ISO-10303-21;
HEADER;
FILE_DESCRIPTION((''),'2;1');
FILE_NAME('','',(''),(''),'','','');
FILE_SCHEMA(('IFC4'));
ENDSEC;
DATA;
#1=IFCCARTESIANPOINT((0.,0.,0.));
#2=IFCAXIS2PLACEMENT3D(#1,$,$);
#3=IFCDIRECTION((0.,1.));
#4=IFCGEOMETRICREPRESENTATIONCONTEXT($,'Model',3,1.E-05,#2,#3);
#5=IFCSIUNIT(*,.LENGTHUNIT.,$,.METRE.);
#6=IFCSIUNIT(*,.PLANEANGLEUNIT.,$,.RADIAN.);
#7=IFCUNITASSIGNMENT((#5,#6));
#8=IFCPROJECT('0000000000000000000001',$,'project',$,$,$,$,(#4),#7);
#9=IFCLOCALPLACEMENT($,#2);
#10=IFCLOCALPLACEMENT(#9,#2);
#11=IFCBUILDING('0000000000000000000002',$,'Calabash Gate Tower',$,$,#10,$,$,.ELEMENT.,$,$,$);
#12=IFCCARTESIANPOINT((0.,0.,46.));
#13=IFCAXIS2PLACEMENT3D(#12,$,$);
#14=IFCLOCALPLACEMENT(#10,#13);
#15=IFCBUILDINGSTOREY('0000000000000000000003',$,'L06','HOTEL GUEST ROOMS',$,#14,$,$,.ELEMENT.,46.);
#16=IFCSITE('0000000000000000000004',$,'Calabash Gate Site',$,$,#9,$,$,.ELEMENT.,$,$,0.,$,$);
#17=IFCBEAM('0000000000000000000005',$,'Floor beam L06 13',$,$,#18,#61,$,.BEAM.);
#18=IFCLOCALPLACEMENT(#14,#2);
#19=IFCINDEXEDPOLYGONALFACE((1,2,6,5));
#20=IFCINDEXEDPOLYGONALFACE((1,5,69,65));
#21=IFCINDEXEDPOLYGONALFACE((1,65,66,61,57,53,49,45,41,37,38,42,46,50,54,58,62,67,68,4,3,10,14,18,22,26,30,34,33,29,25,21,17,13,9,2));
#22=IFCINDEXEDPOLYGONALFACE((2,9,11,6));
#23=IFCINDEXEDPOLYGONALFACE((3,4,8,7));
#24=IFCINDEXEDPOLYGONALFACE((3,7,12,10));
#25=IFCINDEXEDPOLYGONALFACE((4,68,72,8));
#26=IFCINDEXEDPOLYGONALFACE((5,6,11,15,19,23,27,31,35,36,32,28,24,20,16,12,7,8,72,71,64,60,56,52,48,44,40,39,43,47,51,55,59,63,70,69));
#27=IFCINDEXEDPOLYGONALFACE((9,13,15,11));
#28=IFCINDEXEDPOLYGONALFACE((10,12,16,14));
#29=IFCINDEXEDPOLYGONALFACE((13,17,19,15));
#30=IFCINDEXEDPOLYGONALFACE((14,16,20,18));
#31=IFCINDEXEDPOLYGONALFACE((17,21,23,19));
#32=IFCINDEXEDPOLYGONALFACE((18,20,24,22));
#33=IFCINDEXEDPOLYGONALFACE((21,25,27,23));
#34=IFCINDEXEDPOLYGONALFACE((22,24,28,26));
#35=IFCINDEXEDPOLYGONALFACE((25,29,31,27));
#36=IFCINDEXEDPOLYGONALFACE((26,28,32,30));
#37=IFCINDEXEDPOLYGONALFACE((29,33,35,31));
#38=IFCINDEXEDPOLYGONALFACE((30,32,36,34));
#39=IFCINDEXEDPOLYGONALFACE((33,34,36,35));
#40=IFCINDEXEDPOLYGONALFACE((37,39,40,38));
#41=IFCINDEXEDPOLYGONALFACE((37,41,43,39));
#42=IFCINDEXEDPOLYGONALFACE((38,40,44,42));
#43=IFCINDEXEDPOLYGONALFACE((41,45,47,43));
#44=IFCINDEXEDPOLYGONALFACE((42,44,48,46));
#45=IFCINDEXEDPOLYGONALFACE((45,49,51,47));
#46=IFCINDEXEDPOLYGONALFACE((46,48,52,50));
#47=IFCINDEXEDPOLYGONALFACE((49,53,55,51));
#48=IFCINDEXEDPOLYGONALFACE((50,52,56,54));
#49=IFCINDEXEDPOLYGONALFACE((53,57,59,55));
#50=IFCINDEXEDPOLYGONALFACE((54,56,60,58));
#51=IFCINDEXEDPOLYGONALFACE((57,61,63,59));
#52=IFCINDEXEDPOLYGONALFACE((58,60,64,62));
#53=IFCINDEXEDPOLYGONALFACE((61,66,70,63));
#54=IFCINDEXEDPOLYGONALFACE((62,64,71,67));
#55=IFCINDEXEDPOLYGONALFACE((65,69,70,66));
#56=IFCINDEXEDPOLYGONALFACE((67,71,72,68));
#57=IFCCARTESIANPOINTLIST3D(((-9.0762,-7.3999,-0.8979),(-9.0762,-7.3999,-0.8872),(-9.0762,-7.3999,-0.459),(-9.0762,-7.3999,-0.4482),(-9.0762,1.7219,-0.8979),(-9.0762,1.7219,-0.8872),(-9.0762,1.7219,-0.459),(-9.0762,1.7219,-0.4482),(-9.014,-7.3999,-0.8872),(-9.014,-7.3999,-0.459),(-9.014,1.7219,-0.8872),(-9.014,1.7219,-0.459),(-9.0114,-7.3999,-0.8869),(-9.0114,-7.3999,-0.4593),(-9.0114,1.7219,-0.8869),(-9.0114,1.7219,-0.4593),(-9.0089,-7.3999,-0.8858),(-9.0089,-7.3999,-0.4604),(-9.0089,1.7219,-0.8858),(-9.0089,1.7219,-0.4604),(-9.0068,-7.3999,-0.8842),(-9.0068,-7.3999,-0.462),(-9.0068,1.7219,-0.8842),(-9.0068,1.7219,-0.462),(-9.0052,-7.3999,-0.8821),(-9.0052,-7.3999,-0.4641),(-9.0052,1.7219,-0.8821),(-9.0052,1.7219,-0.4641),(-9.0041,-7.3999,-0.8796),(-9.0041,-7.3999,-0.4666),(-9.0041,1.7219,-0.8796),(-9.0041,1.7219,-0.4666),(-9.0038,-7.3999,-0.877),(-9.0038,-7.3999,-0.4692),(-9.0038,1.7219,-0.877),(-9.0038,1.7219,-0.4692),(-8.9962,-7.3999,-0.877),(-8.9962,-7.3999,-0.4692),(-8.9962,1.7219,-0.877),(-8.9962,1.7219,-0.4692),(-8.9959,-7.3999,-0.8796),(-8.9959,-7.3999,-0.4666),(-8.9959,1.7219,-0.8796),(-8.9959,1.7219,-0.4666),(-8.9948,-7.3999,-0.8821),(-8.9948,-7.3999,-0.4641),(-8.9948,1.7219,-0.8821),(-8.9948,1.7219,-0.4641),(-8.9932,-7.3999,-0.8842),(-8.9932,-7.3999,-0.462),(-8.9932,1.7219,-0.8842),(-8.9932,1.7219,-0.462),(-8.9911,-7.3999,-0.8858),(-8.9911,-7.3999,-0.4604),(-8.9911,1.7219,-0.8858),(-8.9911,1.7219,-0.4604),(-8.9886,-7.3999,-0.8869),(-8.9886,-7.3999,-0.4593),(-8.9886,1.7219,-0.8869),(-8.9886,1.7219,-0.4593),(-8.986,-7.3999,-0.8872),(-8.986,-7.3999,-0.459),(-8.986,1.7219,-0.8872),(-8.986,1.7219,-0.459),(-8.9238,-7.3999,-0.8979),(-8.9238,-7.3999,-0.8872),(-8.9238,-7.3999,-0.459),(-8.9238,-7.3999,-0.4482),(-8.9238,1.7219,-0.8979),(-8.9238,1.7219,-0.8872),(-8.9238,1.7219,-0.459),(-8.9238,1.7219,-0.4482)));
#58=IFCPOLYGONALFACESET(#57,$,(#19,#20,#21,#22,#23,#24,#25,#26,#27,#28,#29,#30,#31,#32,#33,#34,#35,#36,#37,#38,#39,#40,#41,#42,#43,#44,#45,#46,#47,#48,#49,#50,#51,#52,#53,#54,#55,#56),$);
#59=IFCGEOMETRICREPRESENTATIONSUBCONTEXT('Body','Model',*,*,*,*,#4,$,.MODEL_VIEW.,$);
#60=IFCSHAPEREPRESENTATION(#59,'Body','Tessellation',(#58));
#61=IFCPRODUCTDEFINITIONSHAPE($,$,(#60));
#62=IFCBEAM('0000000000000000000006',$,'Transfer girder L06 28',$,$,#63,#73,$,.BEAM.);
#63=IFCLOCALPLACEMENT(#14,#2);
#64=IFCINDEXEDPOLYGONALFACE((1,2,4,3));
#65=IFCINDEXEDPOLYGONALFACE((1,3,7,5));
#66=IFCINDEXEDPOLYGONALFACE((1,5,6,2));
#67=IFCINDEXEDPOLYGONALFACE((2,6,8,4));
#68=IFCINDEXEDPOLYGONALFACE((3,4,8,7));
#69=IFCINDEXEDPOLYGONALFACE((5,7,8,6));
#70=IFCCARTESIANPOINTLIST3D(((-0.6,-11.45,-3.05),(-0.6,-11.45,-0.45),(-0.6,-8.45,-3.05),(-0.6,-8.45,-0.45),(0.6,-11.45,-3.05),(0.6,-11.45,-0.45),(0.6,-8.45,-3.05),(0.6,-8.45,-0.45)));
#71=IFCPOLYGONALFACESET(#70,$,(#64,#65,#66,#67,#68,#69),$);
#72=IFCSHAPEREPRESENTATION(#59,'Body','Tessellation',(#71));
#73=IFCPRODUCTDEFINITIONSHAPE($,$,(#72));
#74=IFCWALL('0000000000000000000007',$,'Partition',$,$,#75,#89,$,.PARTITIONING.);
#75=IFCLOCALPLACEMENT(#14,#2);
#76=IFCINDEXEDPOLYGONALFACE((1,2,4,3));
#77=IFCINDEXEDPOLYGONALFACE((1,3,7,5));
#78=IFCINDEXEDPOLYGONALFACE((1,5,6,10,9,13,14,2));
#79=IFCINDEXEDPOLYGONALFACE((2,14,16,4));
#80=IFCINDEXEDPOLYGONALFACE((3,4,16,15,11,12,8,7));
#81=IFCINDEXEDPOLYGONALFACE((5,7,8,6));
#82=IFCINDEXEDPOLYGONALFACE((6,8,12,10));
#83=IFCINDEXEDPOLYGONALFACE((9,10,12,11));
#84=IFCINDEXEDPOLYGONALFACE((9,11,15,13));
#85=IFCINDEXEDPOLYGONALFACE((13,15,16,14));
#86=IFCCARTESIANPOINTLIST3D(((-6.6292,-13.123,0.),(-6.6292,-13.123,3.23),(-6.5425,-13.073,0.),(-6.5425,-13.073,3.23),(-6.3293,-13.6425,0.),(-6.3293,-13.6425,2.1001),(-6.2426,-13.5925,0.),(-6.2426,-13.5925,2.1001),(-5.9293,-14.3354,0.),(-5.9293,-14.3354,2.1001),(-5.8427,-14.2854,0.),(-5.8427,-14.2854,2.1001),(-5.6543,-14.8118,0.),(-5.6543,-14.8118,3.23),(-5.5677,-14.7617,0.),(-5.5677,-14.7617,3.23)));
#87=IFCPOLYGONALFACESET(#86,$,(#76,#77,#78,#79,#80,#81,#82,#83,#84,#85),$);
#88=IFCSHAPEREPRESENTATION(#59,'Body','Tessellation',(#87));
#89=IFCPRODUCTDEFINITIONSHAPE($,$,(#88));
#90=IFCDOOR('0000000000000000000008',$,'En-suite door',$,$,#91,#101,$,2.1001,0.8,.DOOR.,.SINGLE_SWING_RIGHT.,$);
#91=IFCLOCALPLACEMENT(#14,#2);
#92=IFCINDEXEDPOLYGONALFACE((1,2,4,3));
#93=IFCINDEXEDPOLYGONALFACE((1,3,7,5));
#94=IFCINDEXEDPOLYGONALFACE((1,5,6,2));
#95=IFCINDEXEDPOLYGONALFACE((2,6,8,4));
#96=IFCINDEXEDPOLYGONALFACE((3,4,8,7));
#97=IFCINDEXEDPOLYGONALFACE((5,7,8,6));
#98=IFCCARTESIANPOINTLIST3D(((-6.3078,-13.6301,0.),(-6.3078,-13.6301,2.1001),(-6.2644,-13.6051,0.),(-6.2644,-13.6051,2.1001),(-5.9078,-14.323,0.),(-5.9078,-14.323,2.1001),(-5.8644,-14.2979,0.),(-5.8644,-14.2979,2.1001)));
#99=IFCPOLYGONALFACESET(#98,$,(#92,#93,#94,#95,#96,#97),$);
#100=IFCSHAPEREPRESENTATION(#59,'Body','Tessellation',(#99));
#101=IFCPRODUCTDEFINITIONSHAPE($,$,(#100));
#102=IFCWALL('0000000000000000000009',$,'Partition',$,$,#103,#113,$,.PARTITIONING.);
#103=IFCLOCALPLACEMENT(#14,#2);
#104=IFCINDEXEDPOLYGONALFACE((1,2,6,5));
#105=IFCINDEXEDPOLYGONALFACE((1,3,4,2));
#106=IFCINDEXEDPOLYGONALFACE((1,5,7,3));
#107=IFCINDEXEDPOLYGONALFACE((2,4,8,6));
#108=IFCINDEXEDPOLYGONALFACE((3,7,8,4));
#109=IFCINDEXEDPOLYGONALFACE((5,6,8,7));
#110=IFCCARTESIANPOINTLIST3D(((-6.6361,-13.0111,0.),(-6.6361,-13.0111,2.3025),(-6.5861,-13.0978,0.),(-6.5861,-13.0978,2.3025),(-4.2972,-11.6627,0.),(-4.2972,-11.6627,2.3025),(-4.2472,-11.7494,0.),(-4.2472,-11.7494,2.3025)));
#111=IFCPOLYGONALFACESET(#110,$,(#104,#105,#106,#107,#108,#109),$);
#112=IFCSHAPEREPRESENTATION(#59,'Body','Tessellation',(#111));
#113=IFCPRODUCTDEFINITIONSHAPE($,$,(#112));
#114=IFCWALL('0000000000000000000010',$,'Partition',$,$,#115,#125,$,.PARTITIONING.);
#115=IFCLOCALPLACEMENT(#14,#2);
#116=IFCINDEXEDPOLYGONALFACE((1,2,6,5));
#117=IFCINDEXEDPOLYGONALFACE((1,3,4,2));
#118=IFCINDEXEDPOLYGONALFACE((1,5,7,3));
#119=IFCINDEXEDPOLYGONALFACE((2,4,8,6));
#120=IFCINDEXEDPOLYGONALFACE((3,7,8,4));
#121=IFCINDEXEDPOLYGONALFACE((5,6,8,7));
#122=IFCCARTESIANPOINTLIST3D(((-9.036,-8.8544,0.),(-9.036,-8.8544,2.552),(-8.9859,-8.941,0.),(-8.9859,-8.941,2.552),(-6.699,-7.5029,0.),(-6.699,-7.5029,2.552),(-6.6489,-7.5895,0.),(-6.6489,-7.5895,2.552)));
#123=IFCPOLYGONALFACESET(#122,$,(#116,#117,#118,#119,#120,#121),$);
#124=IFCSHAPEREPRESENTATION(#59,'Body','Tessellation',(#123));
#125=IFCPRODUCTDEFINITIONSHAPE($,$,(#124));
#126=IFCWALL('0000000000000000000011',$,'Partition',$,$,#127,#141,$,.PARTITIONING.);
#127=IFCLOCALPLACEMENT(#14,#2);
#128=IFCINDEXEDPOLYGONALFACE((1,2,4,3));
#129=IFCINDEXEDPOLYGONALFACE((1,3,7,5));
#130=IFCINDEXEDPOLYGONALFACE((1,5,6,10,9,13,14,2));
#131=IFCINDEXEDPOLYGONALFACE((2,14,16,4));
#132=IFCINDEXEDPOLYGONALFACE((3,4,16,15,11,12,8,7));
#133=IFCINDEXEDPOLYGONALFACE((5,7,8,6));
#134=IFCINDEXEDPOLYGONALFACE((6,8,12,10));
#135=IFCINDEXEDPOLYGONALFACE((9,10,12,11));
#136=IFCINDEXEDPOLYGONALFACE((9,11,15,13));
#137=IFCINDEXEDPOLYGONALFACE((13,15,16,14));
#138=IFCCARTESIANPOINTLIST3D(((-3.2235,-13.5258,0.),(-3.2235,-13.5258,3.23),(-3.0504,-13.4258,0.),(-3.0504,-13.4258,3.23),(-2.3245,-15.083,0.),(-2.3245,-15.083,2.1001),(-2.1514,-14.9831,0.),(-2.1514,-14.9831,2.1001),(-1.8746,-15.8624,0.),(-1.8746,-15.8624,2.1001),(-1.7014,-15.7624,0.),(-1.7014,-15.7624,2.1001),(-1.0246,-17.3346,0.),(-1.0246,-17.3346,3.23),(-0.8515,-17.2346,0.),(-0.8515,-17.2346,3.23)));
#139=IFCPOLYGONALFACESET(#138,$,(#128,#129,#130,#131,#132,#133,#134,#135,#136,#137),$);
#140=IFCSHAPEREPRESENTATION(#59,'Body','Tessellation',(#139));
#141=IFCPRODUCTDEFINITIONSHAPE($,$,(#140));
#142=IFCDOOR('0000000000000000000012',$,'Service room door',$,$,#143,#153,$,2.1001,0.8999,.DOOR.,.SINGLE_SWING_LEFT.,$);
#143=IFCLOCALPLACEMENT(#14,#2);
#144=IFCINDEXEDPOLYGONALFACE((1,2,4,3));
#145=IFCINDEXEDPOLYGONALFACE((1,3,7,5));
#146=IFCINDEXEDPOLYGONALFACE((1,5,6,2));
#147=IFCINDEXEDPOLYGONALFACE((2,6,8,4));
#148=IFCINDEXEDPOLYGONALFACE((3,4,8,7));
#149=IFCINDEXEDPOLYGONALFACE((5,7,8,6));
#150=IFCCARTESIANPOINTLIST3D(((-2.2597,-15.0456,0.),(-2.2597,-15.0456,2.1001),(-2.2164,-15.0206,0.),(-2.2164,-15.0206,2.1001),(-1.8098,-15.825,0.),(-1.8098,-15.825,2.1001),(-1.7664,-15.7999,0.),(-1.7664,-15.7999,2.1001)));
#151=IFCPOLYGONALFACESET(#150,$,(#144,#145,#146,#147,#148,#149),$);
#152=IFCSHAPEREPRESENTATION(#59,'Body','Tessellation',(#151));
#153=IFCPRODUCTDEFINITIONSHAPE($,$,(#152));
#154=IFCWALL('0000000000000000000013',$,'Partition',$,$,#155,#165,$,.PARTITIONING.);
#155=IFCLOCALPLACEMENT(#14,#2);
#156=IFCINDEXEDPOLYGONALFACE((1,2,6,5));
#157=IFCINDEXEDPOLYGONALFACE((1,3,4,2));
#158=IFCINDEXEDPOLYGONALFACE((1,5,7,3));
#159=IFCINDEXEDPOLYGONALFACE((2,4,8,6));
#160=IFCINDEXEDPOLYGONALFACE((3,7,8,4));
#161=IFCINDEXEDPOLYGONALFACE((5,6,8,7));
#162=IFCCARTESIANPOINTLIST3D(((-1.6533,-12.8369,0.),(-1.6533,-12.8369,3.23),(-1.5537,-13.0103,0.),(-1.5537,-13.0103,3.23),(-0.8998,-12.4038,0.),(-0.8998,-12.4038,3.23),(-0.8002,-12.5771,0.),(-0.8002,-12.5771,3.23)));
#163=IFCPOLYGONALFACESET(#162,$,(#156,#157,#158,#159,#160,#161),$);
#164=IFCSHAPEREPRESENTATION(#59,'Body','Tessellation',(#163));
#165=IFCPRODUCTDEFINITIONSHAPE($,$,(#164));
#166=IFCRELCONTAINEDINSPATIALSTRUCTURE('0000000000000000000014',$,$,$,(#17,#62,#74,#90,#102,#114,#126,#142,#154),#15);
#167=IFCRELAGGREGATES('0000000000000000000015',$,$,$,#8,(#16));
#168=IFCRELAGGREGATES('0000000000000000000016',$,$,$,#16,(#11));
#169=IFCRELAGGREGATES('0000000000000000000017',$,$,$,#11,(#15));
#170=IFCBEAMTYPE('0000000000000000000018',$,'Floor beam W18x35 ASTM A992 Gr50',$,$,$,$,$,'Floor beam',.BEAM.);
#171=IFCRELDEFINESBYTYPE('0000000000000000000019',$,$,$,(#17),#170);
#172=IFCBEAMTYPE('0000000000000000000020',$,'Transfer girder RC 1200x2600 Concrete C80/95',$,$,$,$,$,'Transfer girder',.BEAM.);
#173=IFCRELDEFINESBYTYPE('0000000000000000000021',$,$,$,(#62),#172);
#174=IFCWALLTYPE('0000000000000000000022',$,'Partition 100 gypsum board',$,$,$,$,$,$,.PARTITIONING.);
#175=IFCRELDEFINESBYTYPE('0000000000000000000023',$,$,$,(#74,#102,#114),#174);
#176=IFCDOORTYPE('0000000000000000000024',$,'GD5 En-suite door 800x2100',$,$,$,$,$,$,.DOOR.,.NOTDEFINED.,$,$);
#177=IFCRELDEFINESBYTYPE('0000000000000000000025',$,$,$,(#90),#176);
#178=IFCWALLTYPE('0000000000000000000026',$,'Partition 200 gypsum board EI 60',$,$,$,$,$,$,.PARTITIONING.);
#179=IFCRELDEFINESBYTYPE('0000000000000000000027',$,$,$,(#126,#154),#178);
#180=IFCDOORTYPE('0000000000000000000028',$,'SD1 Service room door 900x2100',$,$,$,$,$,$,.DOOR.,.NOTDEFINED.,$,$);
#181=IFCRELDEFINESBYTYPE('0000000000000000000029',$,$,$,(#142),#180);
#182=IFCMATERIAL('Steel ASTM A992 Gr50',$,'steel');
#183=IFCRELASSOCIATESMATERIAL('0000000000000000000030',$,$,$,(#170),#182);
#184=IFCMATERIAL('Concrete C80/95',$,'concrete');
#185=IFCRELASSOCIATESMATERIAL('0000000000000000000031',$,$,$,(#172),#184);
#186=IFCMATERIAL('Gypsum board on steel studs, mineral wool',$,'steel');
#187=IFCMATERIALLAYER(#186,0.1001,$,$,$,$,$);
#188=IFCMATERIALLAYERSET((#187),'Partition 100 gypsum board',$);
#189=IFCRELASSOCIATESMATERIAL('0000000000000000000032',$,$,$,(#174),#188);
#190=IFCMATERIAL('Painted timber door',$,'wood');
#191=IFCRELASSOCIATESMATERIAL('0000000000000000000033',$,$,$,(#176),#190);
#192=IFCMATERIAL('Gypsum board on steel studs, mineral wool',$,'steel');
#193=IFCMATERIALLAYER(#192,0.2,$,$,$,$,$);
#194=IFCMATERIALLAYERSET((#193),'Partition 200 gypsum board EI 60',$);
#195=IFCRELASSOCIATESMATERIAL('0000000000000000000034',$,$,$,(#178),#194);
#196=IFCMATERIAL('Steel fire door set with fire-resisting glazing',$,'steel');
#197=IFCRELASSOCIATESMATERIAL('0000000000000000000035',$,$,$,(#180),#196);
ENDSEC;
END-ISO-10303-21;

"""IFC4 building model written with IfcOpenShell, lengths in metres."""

from ifc_helpers import new_model, si_unit, direction, frame, frame_2d, origin, origin_2d, place, context, subcontext, project, spatial, rectangle, i_section, extrude, material, layer, layer_set, material_profile, profile_set, type_object, element, fill, save


model = new_model("IFC4")

# Units and contexts
model_context = context("Model", 3, precision=1e-05, world=origin(), true_north=direction((0.0, 1.0)))
body_context = subcontext(model_context, "Body", "Model", "MODEL_VIEW")
ifc_project = project(units=[si_unit("LENGTHUNIT", "METRE"), si_unit("PLANEANGLEUNIT", "RADIAN")], contexts=[model_context])

# Site, building, storey
site_placement = place(None, origin())
site = spatial("IfcSite", under=ifc_project, at=site_placement, Name="Calabash Gate Site", CompositionType="ELEMENT", RefElevation=0.0)
building_placement = place(site_placement, origin())
building = spatial("IfcBuilding", under=site, at=building_placement, Name="Calabash Gate Tower", CompositionType="ELEMENT")
storey_placement = place(building_placement, frame((0.0, 0.0, 46.0)))
storey = spatial("IfcBuildingStorey", under=building, at=storey_placement, Name="L06", Description="HOTEL GUEST ROOMS", CompositionType="ELEMENT", Elevation=46.0)

# Beams
ifc_material_1 = material(Name="Steel ASTM A992 Gr50", Category="steel")
ifc_material_profile_1 = material_profile(ifc_material_1, i_section(OverallWidth=0.1523, OverallDepth=0.4497, WebThickness=0.0076, FlangeThickness=0.0107, FilletRadius=0.0103, at=origin_2d()))
ifc_profile_set_1 = profile_set([ifc_material_profile_1], Name="Steel ASTM A992 Gr50")
beam_type_1 = type_object("IfcBeamType", Name="Floor beam W18x35 ASTM A992 Gr50", ElementType="Floor beam", PredefinedType="BEAM", material=ifc_profile_set_1)
beam_1_placement = place(storey_placement, frame((-9.0, -7.3999, -0.6731), z_axis=(0.0, 1.0, 0.0), x_axis=(-1.0, 0.0, 0.0)))
element("IfcBeam", 1, at=beam_1_placement, inside=storey, type_object=beam_type_1, Name="Floor beam L06 13", PredefinedType="BEAM", context=body_context, shape_type="SweptSolid", body=[
    extrude(i_section(OverallWidth=0.1523, OverallDepth=0.4497, WebThickness=0.0076, FlangeThickness=0.0107, FilletRadius=0.0103, at=origin_2d()), origin(), (0.0, 0.0, 1.0), 9.1218),
])
ifc_material_2 = material(Name="Concrete C80/95", Category="concrete")
ifc_material_profile_2 = material_profile(ifc_material_2, rectangle(XDim=1.2, YDim=2.6001, at=origin_2d()))
ifc_profile_set_2 = profile_set([ifc_material_profile_2], Name="Concrete C80/95")
beam_type_2 = type_object("IfcBeamType", Name="Transfer girder RC 1200x2600 Concrete C80/95", ElementType="Transfer girder", PredefinedType="BEAM", material=ifc_profile_set_2)
beam_2_placement = place(storey_placement, frame((0.0, -11.45, -1.75), z_axis=(0.0, 1.0, 0.0), x_axis=(-1.0, 0.0, 0.0)))
element("IfcBeam", 2, at=beam_2_placement, inside=storey, type_object=beam_type_2, Name="Transfer girder L06 28", PredefinedType="BEAM", context=body_context, shape_type="SweptSolid", body=[
    extrude(rectangle(XDim=1.2, YDim=2.6001, at=origin_2d()), origin(), (0.0, 0.0, 1.0), 3.0),
])

# Wall, opening, door
ifc_material_3 = material(Name="Gypsum board on steel studs, mineral wool", Category="steel")
ifc_layer_1 = layer(ifc_material_3, 0.1001)
ifc_layer_set_1 = layer_set([ifc_layer_1], Name="Partition 100 gypsum board")
wall_type_1 = type_object("IfcWallType", Name="Partition 100 gypsum board", PredefinedType="PARTITIONING", material=ifc_layer_set_1)
wall_1_placement = place(storey_placement, frame((-6.5859, -13.0979, 0.0), z_axis=(0.0, 0.0, 1.0), x_axis=(0.49995, -0.866054, 0.0)))
wall_1 = element("IfcWall", 3, at=wall_1_placement, inside=storey, type_object=wall_type_1, Name="Partition", PredefinedType="PARTITIONING", context=body_context, shape_type="SweptSolid", body=[
    extrude(rectangle(XDim=1.95, YDim=0.1001, at=frame_2d((0.9751, 0.0))), origin(), (0.0, 0.0, 1.0), 3.23),
])
opening_1_placement = place(wall_1_placement, frame((0.6001, 0.0, 0.0)))
opening_1 = element("IfcOpeningElement", 4, at=opening_1_placement, cuts=wall_1, PredefinedType="OPENING", context=body_context, shape_type="SweptSolid", body=[
    extrude(rectangle(XDim=0.8, YDim=2.1001, at=frame_2d((0.3999, 1.05))), frame((0.0, 0.0601, 0.0), z_axis=(0.0, -1.0, 0.0), x_axis=(1.0, 0.0, 0.0)), (0.0, 0.0, 1.0), 0.1201),
])
ifc_material_4 = material(Name="Painted timber door", Category="wood")
door_type_1 = type_object("IfcDoorType", Name="GD5 En-suite door 800x2100", OperationType="NOTDEFINED", PredefinedType="DOOR", material=ifc_material_4)
door_1_placement = place(opening_1_placement, origin())
door_1 = element("IfcDoor", 5, at=door_1_placement, inside=storey, type_object=door_type_1, Name="En-suite door", OperationType="SINGLE_SWING_RIGHT", OverallHeight=2.1001, OverallWidth=0.8, PredefinedType="DOOR", context=body_context, shape_type="SweptSolid", body=[
    extrude(rectangle(XDim=0.8, YDim=2.1001, at=frame_2d((0.3999, 1.05))), frame((0.0, 0.0249, 0.0), z_axis=(0.0, -1.0, 0.0), x_axis=(1.0, 0.0, 0.0)), (0.0, 0.0, 1.0), 0.05),
])
fill(opening_1, door_1)

# Walls
wall_2_placement = place(storey_placement, frame((-6.6111, -13.0544, 0.0), z_axis=(0.0, 0.0, 1.0), x_axis=(0.866339, 0.499456, 0.0)))
element("IfcWall", 6, at=wall_2_placement, inside=storey, type_object=wall_type_1, Name="Partition", PredefinedType="PARTITIONING", context=body_context, shape_type="SweptSolid", body=[
    extrude(rectangle(XDim=2.6997, YDim=0.1001, at=frame_2d((1.3499, 0.0))), origin(), (0.0, 0.0, 1.0), 2.3025),
])
wall_3_placement = place(storey_placement, frame((-9.011, -8.8977, 0.0), z_axis=(0.0, 0.0, 1.0), x_axis=(0.865672, 0.500612, 0.0)))
element("IfcWall", 7, at=wall_3_placement, inside=storey, type_object=wall_type_1, Name="Partition", PredefinedType="PARTITIONING", context=body_context, shape_type="SweptSolid", body=[
    extrude(rectangle(XDim=2.6997, YDim=0.1001, at=frame_2d((1.3499, 0.0))), origin(), (0.0, 0.0, 1.0), 2.552),
])

# Wall, opening, door
ifc_material_5 = material(Name="Gypsum board on steel studs, mineral wool", Category="steel")
ifc_layer_2 = layer(ifc_material_5, 0.2)
ifc_layer_set_2 = layer_set([ifc_layer_2], Name="Partition 200 gypsum board EI 60")
wall_type_2 = type_object("IfcWallType", Name="Partition 200 gypsum board EI 60", PredefinedType="PARTITIONING", material=ifc_layer_set_2)
wall_4_placement = place(storey_placement, frame((-3.137, -13.4758, 0.0), z_axis=(0.0, 0.0, 1.0), x_axis=(0.49999, -0.866031, 0.0)))
wall_4 = element("IfcWall", 8, at=wall_4_placement, inside=storey, type_object=wall_type_2, Name="Partition", PredefinedType="PARTITIONING", context=body_context, shape_type="SweptSolid", body=[
    extrude(rectangle(XDim=4.3979, YDim=0.2, at=frame_2d((2.199, 0.0))), origin(), (0.0, 0.0, 1.0), 3.23),
])
opening_2_placement = place(wall_4_placement, frame((1.7981, 0.0, 0.0)))
opening_2 = element("IfcOpeningElement", 9, at=opening_2_placement, cuts=wall_4, PredefinedType="OPENING", context=body_context, shape_type="SweptSolid", body=[
    extrude(rectangle(XDim=0.8999, YDim=2.1001, at=frame_2d((0.45, 1.05))), frame((0.0, 0.1099, 0.0), z_axis=(0.0, -1.0, 0.0), x_axis=(1.0, 0.0, 0.0)), (0.0, 0.0, 1.0), 0.22),
])
ifc_material_6 = material(Name="Steel fire door set with fire-resisting glazing", Category="steel")
door_type_2 = type_object("IfcDoorType", Name="SD1 Service room door 900x2100", OperationType="NOTDEFINED", PredefinedType="DOOR", material=ifc_material_6)
door_2_placement = place(opening_2_placement, origin())
door_2 = element("IfcDoor", 10, at=door_2_placement, inside=storey, type_object=door_type_2, Name="Service room door", OperationType="SINGLE_SWING_LEFT", OverallHeight=2.1001, OverallWidth=0.8999, PredefinedType="DOOR", context=body_context, shape_type="SweptSolid", body=[
    extrude(rectangle(XDim=0.8999, YDim=2.1001, at=frame_2d((0.45, 1.05))), frame((0.0, 0.0249, 0.0), z_axis=(0.0, -1.0, 0.0), x_axis=(1.0, 0.0, 0.0)), (0.0, 0.0, 1.0), 0.05),
])
fill(opening_2, door_2)

# Wall
wall_5_placement = place(storey_placement, frame((-1.6035, -12.9236, 0.0), z_axis=(0.0, 0.0, 1.0), x_axis=(0.866961, 0.498376, 0.0)))
element("IfcWall", 11, at=wall_5_placement, inside=storey, type_object=wall_type_2, Name="Partition", PredefinedType="PARTITIONING", context=body_context, shape_type="SweptSolid", body=[
    extrude(rectangle(XDim=0.8691, YDim=0.2, at=frame_2d((0.4346, 0.0))), origin(), (0.0, 0.0, 1.0), 3.23),
])

save(model, "model.ifc")
